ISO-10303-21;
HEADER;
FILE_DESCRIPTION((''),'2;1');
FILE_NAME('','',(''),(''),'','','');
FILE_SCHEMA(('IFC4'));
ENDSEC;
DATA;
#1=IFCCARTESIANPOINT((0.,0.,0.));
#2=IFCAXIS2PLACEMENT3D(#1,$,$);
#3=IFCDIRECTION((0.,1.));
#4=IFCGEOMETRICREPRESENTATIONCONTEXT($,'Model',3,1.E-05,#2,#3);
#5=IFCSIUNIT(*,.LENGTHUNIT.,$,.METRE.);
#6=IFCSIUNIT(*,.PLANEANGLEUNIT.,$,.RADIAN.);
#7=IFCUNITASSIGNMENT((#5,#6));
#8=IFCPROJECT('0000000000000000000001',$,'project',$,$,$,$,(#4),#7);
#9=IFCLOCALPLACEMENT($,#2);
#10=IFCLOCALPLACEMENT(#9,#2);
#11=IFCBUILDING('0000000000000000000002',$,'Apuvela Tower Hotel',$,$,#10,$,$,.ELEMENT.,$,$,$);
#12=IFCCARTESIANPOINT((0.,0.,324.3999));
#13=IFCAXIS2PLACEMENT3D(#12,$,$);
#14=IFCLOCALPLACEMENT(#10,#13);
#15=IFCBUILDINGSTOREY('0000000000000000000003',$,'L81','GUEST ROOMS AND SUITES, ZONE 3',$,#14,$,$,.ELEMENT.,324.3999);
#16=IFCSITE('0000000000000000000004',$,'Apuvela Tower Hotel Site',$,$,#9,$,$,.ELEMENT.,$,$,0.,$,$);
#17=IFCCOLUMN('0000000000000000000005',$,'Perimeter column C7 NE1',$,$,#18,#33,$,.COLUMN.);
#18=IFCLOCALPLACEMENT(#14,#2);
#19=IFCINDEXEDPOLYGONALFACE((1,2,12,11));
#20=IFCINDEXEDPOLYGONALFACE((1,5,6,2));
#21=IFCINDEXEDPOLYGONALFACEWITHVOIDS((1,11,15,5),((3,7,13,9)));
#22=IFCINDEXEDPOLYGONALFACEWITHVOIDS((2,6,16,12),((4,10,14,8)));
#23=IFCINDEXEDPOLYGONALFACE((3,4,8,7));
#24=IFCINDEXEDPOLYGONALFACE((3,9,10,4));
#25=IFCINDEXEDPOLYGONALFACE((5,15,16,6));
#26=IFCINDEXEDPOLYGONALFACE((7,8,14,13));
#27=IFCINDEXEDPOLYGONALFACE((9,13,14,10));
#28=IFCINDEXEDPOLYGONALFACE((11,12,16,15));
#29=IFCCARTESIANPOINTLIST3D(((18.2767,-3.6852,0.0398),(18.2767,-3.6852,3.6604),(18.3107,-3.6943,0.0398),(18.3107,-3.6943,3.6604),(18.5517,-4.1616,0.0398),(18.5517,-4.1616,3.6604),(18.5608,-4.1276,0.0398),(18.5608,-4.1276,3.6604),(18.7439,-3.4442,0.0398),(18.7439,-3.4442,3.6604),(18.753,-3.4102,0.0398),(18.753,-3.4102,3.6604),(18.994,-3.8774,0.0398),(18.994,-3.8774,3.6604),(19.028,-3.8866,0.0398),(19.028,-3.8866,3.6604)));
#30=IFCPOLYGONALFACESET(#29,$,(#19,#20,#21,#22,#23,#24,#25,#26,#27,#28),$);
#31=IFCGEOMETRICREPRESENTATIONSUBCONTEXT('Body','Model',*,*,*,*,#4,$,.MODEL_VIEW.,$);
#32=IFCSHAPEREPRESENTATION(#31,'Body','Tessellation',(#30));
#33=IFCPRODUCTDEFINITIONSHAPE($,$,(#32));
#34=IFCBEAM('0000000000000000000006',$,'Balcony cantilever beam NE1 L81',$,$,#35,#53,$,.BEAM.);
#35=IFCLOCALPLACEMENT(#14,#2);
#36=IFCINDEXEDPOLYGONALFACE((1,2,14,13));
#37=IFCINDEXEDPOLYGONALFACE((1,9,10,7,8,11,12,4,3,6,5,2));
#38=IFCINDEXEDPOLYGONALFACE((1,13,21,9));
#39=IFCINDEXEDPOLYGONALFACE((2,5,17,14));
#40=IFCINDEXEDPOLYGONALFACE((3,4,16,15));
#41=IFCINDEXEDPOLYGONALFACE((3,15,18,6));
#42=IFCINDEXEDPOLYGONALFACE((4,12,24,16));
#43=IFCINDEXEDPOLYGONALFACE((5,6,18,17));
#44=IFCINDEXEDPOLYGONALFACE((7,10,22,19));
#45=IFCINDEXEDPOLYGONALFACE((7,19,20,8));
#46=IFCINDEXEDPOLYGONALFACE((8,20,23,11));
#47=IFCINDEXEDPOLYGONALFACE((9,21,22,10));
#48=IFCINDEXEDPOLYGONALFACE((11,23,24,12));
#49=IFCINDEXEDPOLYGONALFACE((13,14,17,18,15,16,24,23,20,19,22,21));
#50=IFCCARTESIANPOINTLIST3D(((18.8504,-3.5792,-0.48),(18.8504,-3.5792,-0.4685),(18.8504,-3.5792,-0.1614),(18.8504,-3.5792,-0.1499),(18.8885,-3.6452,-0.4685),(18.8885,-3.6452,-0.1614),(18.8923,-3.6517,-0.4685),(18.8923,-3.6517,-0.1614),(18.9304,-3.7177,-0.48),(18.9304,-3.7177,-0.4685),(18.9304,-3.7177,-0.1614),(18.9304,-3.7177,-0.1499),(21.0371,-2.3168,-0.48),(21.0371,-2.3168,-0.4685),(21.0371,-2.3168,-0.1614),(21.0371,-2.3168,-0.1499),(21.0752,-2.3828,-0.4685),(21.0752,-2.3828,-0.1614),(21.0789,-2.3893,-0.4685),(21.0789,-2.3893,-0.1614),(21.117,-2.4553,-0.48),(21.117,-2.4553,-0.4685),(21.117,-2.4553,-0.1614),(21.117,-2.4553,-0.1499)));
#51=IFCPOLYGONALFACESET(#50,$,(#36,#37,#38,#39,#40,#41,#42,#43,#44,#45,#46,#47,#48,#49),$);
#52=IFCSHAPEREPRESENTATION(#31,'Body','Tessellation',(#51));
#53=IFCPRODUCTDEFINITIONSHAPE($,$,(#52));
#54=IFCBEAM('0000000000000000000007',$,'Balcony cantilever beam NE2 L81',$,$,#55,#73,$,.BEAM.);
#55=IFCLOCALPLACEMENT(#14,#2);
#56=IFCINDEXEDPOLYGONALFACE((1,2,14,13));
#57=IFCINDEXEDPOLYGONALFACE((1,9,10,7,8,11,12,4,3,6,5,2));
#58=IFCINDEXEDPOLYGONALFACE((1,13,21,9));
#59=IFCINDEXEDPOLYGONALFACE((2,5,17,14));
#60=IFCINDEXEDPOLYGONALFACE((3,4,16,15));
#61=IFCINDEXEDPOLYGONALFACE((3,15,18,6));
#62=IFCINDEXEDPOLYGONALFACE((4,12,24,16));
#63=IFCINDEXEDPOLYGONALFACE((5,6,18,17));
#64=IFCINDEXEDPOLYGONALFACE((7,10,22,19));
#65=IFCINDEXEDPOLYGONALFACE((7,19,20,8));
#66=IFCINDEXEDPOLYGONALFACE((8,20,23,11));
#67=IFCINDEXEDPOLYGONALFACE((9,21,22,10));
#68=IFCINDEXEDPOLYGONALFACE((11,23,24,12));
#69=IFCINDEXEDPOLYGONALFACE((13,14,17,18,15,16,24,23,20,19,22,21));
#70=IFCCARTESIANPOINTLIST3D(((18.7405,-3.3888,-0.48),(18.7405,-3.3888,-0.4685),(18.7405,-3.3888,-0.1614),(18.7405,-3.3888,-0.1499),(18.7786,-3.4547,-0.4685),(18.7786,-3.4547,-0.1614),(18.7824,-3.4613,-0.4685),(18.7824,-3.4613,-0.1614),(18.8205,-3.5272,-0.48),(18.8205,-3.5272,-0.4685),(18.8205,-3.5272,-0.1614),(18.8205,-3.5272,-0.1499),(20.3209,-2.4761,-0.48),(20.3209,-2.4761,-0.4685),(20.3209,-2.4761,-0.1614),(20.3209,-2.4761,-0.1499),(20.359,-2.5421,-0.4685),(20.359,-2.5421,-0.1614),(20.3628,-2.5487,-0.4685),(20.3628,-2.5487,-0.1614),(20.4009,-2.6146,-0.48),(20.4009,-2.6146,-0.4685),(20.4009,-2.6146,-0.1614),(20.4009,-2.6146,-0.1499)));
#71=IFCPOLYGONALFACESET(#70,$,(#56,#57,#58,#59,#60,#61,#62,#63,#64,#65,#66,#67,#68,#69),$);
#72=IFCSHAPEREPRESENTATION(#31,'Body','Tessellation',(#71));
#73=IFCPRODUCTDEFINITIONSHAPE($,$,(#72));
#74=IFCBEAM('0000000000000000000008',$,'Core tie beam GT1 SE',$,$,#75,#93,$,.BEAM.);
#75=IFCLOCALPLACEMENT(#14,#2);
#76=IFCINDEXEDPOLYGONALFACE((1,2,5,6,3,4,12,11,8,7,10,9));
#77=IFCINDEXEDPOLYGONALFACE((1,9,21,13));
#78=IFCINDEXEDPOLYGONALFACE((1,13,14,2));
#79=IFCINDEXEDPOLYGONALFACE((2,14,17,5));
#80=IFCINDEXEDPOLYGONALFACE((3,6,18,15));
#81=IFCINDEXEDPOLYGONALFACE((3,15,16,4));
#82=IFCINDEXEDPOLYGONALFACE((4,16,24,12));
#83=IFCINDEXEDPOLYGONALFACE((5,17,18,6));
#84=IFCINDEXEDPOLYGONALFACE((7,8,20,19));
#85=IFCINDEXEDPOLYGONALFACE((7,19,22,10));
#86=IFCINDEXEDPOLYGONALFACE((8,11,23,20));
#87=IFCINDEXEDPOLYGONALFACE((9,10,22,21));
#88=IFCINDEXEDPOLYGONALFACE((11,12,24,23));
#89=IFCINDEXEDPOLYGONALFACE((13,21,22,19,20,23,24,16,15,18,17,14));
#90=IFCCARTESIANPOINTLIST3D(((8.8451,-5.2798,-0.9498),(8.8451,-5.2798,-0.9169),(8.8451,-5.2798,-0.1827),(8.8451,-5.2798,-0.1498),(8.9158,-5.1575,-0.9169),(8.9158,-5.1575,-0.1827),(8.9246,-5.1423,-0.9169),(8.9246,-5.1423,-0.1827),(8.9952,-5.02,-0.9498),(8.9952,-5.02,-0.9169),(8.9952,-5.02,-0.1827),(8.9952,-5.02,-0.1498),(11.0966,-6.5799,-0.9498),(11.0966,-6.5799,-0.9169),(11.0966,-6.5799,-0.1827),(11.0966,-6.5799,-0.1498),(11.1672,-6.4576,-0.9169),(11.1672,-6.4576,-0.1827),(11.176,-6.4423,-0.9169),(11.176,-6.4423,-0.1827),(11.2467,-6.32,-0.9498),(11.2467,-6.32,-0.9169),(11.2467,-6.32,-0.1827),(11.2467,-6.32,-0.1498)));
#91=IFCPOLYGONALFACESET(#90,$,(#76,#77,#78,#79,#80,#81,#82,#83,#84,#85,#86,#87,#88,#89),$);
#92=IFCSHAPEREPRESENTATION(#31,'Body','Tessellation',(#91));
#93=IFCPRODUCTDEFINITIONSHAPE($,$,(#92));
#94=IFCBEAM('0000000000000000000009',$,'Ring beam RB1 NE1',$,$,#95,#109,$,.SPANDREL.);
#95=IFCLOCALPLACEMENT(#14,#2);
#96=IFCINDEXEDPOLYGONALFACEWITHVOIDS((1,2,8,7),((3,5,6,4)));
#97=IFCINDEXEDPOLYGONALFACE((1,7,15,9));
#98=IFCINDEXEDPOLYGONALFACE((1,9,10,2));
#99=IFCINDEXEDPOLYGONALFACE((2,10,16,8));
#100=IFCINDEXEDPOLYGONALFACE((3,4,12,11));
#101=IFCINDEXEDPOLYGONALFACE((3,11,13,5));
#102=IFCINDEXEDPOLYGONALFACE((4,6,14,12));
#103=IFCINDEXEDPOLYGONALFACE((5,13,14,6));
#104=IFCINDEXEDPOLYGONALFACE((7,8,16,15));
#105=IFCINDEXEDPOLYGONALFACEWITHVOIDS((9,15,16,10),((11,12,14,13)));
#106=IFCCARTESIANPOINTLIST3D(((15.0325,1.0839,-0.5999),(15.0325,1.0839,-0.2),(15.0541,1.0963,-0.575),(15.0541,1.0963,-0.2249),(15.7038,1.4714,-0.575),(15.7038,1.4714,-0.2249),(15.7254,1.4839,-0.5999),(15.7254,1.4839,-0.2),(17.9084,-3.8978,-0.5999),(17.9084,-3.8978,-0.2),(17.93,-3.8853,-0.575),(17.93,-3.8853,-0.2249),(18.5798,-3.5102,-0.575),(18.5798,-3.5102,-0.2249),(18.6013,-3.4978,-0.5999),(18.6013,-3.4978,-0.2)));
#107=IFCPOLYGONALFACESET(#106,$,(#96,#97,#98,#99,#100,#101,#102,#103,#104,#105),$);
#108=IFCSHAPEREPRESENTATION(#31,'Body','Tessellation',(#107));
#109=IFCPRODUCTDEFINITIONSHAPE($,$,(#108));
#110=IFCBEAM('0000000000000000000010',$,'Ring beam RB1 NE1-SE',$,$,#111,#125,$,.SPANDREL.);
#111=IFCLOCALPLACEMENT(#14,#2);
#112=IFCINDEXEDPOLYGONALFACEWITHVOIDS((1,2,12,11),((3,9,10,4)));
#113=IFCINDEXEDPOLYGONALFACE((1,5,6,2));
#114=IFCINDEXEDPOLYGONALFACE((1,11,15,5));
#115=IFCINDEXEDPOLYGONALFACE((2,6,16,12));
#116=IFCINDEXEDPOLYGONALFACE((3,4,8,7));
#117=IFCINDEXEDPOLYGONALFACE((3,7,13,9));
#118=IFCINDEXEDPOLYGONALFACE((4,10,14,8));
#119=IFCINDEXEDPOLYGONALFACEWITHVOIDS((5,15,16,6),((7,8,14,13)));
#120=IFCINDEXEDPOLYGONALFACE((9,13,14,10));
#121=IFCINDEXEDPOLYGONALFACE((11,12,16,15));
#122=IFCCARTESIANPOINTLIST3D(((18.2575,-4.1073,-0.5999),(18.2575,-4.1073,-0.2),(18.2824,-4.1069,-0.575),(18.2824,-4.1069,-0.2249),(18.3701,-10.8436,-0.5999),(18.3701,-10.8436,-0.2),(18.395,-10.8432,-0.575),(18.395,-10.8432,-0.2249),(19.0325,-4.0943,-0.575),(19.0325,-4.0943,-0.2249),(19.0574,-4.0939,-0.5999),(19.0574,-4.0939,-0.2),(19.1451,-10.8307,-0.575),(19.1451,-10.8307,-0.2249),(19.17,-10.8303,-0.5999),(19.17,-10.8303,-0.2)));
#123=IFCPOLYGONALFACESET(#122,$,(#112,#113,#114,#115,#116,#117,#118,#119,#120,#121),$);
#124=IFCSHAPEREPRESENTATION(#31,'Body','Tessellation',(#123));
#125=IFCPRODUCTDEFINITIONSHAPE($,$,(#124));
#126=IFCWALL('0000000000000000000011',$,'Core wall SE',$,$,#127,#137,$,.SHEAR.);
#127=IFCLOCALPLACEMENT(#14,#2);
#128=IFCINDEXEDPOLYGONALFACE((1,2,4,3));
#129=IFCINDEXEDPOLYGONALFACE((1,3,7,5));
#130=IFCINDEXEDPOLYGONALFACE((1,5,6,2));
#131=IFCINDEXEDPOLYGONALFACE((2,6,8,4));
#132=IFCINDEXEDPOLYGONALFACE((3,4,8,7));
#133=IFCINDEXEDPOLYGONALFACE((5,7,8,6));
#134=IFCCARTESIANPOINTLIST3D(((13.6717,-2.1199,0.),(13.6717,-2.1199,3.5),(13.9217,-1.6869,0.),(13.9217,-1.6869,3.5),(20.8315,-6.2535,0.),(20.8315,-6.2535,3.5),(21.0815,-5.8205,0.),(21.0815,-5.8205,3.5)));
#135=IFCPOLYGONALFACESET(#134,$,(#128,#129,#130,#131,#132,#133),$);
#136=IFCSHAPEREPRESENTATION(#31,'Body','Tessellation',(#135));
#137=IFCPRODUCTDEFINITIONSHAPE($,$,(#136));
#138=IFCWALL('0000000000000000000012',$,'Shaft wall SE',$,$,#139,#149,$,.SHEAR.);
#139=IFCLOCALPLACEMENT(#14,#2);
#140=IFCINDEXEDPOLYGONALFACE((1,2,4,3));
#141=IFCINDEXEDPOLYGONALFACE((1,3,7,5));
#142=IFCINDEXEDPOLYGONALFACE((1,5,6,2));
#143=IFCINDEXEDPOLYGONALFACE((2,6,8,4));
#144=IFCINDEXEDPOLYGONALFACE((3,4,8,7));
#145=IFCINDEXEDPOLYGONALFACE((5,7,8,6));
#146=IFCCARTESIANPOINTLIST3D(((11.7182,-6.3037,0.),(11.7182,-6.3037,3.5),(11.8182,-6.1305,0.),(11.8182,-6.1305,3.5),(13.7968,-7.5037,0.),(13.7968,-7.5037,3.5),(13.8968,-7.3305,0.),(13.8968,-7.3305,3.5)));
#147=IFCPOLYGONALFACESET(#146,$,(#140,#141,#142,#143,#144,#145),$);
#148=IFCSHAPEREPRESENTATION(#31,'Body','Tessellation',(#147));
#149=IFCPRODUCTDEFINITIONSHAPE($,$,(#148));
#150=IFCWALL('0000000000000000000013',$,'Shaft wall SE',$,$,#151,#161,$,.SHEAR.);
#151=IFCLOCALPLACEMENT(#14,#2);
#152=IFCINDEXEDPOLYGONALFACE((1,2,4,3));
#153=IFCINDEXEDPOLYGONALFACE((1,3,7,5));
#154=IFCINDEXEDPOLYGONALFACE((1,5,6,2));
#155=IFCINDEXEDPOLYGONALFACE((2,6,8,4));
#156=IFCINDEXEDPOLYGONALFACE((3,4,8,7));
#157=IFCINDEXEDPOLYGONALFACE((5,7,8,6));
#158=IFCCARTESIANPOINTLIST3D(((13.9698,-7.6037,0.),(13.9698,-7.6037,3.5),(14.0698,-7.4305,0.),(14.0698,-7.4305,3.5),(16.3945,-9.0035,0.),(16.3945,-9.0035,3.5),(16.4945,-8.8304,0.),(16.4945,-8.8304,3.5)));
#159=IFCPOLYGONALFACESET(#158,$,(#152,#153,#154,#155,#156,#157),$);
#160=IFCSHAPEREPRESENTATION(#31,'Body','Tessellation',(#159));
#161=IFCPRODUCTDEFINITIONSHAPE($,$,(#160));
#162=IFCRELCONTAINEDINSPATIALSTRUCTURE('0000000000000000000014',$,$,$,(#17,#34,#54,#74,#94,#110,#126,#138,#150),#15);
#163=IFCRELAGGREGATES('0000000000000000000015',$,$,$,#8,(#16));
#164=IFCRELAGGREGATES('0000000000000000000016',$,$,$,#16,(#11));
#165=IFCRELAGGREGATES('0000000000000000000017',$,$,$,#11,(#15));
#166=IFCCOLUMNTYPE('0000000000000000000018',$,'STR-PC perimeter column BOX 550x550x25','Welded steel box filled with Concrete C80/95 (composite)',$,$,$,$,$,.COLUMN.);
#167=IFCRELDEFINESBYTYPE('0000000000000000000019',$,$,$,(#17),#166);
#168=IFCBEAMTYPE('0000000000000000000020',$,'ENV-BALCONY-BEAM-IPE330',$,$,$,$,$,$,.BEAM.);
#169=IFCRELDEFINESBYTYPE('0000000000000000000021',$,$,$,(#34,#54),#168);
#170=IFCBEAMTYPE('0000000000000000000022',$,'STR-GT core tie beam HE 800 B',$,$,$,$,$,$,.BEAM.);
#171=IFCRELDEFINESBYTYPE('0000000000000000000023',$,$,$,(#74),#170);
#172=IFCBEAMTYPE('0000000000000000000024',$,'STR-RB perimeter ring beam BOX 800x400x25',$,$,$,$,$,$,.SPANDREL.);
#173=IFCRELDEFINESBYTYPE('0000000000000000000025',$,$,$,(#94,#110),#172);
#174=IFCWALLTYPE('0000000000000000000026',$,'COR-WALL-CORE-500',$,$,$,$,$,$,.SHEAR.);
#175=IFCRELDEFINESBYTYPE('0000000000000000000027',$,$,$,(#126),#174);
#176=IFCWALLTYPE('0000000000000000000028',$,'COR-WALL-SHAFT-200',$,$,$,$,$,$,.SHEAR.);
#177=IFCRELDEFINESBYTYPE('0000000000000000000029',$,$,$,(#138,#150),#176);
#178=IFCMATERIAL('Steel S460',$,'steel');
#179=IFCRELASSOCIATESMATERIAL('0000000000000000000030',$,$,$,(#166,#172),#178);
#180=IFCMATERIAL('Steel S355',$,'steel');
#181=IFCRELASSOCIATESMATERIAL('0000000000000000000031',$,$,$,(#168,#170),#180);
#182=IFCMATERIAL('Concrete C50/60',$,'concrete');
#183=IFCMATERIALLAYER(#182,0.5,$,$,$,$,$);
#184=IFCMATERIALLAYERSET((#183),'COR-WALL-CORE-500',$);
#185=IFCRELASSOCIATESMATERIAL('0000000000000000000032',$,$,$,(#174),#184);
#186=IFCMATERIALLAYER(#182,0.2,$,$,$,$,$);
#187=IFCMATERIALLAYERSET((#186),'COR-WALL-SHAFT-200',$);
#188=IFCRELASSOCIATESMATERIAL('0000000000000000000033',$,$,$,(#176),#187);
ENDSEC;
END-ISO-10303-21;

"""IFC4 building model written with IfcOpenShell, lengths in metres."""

from ifc_helpers import new_model, si_unit, direction, frame, frame_2d, origin, origin_2d, place, context, subcontext, project, spatial, rectangle, hollow_rectangle, i_section, extrude, boolean, halfspace, material, layer, layer_set, material_profile, profile_set, type_object, element, save


model = new_model("IFC4")

# Units and contexts
model_context = context("Model", 3, precision=1e-05, world=origin(), true_north=direction((0.0, 1.0)))
body_context = subcontext(model_context, "Body", "Model", "MODEL_VIEW")
ifc_project = project(units=[si_unit("LENGTHUNIT", "METRE"), si_unit("PLANEANGLEUNIT", "RADIAN")], contexts=[model_context])

# Site, building, storey
site_placement = place(None, origin())
site = spatial("IfcSite", under=ifc_project, at=site_placement, Name="Apuvela Tower Hotel Site", CompositionType="ELEMENT", RefElevation=0.0)
building_placement = place(site_placement, origin())
building = spatial("IfcBuilding", under=site, at=building_placement, Name="Apuvela Tower Hotel", CompositionType="ELEMENT")
storey_placement = place(building_placement, frame((0.0, 0.0, 324.3999)))
storey = spatial("IfcBuildingStorey", under=building, at=storey_placement, Name="L81", Description="GUEST ROOMS AND SUITES, ZONE 3", CompositionType="ELEMENT", Elevation=324.3999)

# Column
ifc_material_1 = material(Name="Steel S460", Category="steel")
ifc_material_profile_1 = material_profile(ifc_material_1, hollow_rectangle(XDim=0.55, YDim=0.55, WallThickness=0.0249, at=origin_2d()), Name="BOX 550x550x25")
ifc_material_2 = material(Name="Concrete C80/95", Category="concrete")
ifc_material_profile_2 = material_profile(ifc_material_2, rectangle(XDim=0.5, YDim=0.5, at=origin_2d()), Name="Concrete C80/95 infill")
ifc_profile_set_1 = profile_set([ifc_material_profile_1, ifc_material_profile_2], Name="Steel S460")
column_type = type_object("IfcColumnType", Name="STR-PC perimeter column BOX 550x550x25", Description="Welded steel box filled with Concrete C80/95 (composite)", PredefinedType="COLUMN", material=ifc_profile_set_1)
column_placement = place(storey_placement, frame((18.6523, -3.7859, 0.0), z_axis=(0.0, 0.0, 1.0), x_axis=(-0.5, 0.866025, 0.0)))
element("IfcColumn", 1, at=column_placement, inside=storey, type_object=column_type, Name="Perimeter column C7 NE1", PredefinedType="COLUMN", context=body_context, shape_type="SweptSolid", body=[
    boolean("DIFFERENCE", boolean("DIFFERENCE", extrude(hollow_rectangle(XDim=0.55, YDim=0.55, WallThickness=0.0249, at=origin_2d()), origin(), (0.0, 0.0, 1.0), 3.7002), halfspace(frame((0.0, 0.0, 0.0398), z_axis=(0.0, 0.0, 1.0), x_axis=(1.0, 0.0, 0.0)), True)), halfspace(frame((0.0, 0.0, 3.6604), z_axis=(0.0, 0.0, 1.0), x_axis=(1.0, 0.0, 0.0)), False)),
])

# Beams
ifc_material_3 = material(Name="Steel S355", Category="steel")
ifc_material_profile_3 = material_profile(ifc_material_3, i_section(OverallWidth=0.1599, OverallDepth=0.3301, WebThickness=0.0076, FlangeThickness=0.0115, at=origin_2d()), Name="IPE 330")
ifc_profile_set_2 = profile_set([ifc_material_profile_3], Name="Steel S355")
beam_type_1 = type_object("IfcBeamType", Name="ENV-BALCONY-BEAM-IPE330", PredefinedType="BEAM", material=ifc_profile_set_2)
beam_1_placement = place(storey_placement, frame((18.8904, -3.6484, -0.3149), z_axis=(0.866039, 0.499976, 0.0), x_axis=(-0.499976, 0.866039, 0.0)))
element("IfcBeam", 2, at=beam_1_placement, inside=storey, type_object=beam_type_1, Name="Balcony cantilever beam NE1 L81", PredefinedType="BEAM", context=body_context, shape_type="SweptSolid", body=[
    extrude(i_section(OverallWidth=0.1599, OverallDepth=0.3301, WebThickness=0.0076, FlangeThickness=0.0115, at=origin_2d()), origin(), (0.0, 0.0, 1.0), 2.5249),
])
beam_2_placement = place(storey_placement, frame((18.7805, -3.458, -0.3149), z_axis=(0.865978, 0.500081, 0.0), x_axis=(-0.500081, 0.865978, 0.0)))
element("IfcBeam", 3, at=beam_2_placement, inside=storey, type_object=beam_type_1, Name="Balcony cantilever beam NE2 L81", PredefinedType="BEAM", context=body_context, shape_type="SweptSolid", body=[
    extrude(i_section(OverallWidth=0.1599, OverallDepth=0.3301, WebThickness=0.0076, FlangeThickness=0.0115, at=origin_2d()), origin(), (0.0, 0.0, 1.0), 1.825),
])
ifc_material_profile_4 = material_profile(ifc_material_3, i_section(OverallWidth=0.3, OverallDepth=0.8, WebThickness=0.0176, FlangeThickness=0.033, at=origin_2d()), Name="HE 800 B")
ifc_profile_set_3 = profile_set([ifc_material_profile_4], Name="Steel S355")
beam_type_2 = type_object("IfcBeamType", Name="STR-GT core tie beam HE 800 B", PredefinedType="BEAM", material=ifc_profile_set_3)
beam_3_placement = place(storey_placement, frame((11.1716, -6.45, -0.5498), z_axis=(-0.865998, 0.500048, 0.0), x_axis=(-0.500048, -0.865998, 0.0)))
element("IfcBeam", 4, at=beam_3_placement, inside=storey, type_object=beam_type_2, Name="Core tie beam GT1 SE", PredefinedType="BEAM", context=body_context, shape_type="SweptSolid", body=[
    extrude(i_section(OverallWidth=0.3, OverallDepth=0.8, WebThickness=0.0176, FlangeThickness=0.033, at=origin_2d()), origin(), (0.0, 0.0, 1.0), 2.5999),
])
ifc_material_profile_5 = material_profile(ifc_material_1, hollow_rectangle(XDim=0.8, YDim=0.3999, WallThickness=0.0249, at=origin_2d()), Name="BOX 800x400x25")
ifc_profile_set_4 = profile_set([ifc_material_profile_5], Name="Steel S460")
beam_type_3 = type_object("IfcBeamType", Name="STR-RB perimeter ring beam BOX 800x400x25", PredefinedType="SPANDREL", material=ifc_profile_set_4)
beam_4_placement = place(storey_placement, frame((18.2549, -3.6978, -0.3999), z_axis=(-0.499974, 0.866041, 0.0), x_axis=(-0.866041, -0.499974, 0.0)))
element("IfcBeam", 5, at=beam_4_placement, inside=storey, type_object=beam_type_3, Name="Ring beam RB1 NE1", PredefinedType="SPANDREL", context=body_context, shape_type="SweptSolid", body=[
    extrude(hollow_rectangle(XDim=0.8, YDim=0.3999, WallThickness=0.0249, at=origin_2d()), origin(), (0.0, 0.0, 1.0), 5.7522),
])
beam_5_placement = place(storey_placement, frame((18.6575, -4.1006, -0.3999), z_axis=(0.016705, -0.99986, 0.0), x_axis=(0.99986, 0.016705, 0.0)))
element("IfcBeam", 6, at=beam_5_placement, inside=storey, type_object=beam_type_3, Name="Ring beam RB1 NE1-SE", PredefinedType="SPANDREL", context=body_context, shape_type="SweptSolid", body=[
    extrude(hollow_rectangle(XDim=0.8, YDim=0.3999, WallThickness=0.0249, at=origin_2d()), origin(), (0.0, 0.0, 1.0), 6.7373),
])

# Walls
ifc_material_4 = material(Name="Concrete C50/60", Category="concrete")
ifc_layer_1 = layer(ifc_material_4, 0.5)
ifc_layer_set_1 = layer_set([ifc_layer_1], Name="COR-WALL-CORE-500")
wall_type_1 = type_object("IfcWallType", Name="COR-WALL-CORE-500", PredefinedType="SHEAR", material=ifc_layer_set_1)
wall_1_placement = place(storey_placement, frame((13.7966, -1.9033, 0.0), z_axis=(0.0, 0.0, 1.0), x_axis=(0.86603, -0.499992, 0.0)))
element("IfcWall", 7, at=wall_1_placement, inside=storey, type_object=wall_type_1, Name="Core wall SE", PredefinedType="SHEAR", context=body_context, shape_type="SweptSolid", body=[
    extrude(rectangle(XDim=8.2673, YDim=0.5, at=frame_2d((4.1338, 0.0))), origin(), (0.0, 0.0, 1.0), 3.5),
])
ifc_layer_2 = layer(ifc_material_4, 0.2)
ifc_layer_set_2 = layer_set([ifc_layer_2], Name="COR-WALL-SHAFT-200")
wall_type_2 = type_object("IfcWallType", Name="COR-WALL-SHAFT-200", PredefinedType="SHEAR", material=ifc_layer_set_2)
wall_2_placement = place(storey_placement, frame((11.7681, -6.217, 0.0), z_axis=(0.0, 0.0, 1.0), x_axis=(0.86605, -0.499957, 0.0)))
element("IfcWall", 8, at=wall_2_placement, inside=storey, type_object=wall_type_2, Name="Shaft wall SE", PredefinedType="SHEAR", context=body_context, shape_type="SweptSolid", body=[
    extrude(rectangle(XDim=2.4001, YDim=0.2, at=frame_2d((1.2002, 0.0))), origin(), (0.0, 0.0, 1.0), 3.5),
])
wall_3_placement = place(storey_placement, frame((14.0198, -7.5171, 0.0), z_axis=(0.0, 0.0, 1.0), x_axis=(0.866035, -0.499984, 0.0)))
element("IfcWall", 9, at=wall_3_placement, inside=storey, type_object=wall_type_2, Name="Shaft wall SE", PredefinedType="SHEAR", context=body_context, shape_type="SweptSolid", body=[
    extrude(rectangle(XDim=2.7998, YDim=0.2, at=frame_2d((1.3999, 0.0))), origin(), (0.0, 0.0, 1.0), 3.5),
])

save(model, "model.ifc")
